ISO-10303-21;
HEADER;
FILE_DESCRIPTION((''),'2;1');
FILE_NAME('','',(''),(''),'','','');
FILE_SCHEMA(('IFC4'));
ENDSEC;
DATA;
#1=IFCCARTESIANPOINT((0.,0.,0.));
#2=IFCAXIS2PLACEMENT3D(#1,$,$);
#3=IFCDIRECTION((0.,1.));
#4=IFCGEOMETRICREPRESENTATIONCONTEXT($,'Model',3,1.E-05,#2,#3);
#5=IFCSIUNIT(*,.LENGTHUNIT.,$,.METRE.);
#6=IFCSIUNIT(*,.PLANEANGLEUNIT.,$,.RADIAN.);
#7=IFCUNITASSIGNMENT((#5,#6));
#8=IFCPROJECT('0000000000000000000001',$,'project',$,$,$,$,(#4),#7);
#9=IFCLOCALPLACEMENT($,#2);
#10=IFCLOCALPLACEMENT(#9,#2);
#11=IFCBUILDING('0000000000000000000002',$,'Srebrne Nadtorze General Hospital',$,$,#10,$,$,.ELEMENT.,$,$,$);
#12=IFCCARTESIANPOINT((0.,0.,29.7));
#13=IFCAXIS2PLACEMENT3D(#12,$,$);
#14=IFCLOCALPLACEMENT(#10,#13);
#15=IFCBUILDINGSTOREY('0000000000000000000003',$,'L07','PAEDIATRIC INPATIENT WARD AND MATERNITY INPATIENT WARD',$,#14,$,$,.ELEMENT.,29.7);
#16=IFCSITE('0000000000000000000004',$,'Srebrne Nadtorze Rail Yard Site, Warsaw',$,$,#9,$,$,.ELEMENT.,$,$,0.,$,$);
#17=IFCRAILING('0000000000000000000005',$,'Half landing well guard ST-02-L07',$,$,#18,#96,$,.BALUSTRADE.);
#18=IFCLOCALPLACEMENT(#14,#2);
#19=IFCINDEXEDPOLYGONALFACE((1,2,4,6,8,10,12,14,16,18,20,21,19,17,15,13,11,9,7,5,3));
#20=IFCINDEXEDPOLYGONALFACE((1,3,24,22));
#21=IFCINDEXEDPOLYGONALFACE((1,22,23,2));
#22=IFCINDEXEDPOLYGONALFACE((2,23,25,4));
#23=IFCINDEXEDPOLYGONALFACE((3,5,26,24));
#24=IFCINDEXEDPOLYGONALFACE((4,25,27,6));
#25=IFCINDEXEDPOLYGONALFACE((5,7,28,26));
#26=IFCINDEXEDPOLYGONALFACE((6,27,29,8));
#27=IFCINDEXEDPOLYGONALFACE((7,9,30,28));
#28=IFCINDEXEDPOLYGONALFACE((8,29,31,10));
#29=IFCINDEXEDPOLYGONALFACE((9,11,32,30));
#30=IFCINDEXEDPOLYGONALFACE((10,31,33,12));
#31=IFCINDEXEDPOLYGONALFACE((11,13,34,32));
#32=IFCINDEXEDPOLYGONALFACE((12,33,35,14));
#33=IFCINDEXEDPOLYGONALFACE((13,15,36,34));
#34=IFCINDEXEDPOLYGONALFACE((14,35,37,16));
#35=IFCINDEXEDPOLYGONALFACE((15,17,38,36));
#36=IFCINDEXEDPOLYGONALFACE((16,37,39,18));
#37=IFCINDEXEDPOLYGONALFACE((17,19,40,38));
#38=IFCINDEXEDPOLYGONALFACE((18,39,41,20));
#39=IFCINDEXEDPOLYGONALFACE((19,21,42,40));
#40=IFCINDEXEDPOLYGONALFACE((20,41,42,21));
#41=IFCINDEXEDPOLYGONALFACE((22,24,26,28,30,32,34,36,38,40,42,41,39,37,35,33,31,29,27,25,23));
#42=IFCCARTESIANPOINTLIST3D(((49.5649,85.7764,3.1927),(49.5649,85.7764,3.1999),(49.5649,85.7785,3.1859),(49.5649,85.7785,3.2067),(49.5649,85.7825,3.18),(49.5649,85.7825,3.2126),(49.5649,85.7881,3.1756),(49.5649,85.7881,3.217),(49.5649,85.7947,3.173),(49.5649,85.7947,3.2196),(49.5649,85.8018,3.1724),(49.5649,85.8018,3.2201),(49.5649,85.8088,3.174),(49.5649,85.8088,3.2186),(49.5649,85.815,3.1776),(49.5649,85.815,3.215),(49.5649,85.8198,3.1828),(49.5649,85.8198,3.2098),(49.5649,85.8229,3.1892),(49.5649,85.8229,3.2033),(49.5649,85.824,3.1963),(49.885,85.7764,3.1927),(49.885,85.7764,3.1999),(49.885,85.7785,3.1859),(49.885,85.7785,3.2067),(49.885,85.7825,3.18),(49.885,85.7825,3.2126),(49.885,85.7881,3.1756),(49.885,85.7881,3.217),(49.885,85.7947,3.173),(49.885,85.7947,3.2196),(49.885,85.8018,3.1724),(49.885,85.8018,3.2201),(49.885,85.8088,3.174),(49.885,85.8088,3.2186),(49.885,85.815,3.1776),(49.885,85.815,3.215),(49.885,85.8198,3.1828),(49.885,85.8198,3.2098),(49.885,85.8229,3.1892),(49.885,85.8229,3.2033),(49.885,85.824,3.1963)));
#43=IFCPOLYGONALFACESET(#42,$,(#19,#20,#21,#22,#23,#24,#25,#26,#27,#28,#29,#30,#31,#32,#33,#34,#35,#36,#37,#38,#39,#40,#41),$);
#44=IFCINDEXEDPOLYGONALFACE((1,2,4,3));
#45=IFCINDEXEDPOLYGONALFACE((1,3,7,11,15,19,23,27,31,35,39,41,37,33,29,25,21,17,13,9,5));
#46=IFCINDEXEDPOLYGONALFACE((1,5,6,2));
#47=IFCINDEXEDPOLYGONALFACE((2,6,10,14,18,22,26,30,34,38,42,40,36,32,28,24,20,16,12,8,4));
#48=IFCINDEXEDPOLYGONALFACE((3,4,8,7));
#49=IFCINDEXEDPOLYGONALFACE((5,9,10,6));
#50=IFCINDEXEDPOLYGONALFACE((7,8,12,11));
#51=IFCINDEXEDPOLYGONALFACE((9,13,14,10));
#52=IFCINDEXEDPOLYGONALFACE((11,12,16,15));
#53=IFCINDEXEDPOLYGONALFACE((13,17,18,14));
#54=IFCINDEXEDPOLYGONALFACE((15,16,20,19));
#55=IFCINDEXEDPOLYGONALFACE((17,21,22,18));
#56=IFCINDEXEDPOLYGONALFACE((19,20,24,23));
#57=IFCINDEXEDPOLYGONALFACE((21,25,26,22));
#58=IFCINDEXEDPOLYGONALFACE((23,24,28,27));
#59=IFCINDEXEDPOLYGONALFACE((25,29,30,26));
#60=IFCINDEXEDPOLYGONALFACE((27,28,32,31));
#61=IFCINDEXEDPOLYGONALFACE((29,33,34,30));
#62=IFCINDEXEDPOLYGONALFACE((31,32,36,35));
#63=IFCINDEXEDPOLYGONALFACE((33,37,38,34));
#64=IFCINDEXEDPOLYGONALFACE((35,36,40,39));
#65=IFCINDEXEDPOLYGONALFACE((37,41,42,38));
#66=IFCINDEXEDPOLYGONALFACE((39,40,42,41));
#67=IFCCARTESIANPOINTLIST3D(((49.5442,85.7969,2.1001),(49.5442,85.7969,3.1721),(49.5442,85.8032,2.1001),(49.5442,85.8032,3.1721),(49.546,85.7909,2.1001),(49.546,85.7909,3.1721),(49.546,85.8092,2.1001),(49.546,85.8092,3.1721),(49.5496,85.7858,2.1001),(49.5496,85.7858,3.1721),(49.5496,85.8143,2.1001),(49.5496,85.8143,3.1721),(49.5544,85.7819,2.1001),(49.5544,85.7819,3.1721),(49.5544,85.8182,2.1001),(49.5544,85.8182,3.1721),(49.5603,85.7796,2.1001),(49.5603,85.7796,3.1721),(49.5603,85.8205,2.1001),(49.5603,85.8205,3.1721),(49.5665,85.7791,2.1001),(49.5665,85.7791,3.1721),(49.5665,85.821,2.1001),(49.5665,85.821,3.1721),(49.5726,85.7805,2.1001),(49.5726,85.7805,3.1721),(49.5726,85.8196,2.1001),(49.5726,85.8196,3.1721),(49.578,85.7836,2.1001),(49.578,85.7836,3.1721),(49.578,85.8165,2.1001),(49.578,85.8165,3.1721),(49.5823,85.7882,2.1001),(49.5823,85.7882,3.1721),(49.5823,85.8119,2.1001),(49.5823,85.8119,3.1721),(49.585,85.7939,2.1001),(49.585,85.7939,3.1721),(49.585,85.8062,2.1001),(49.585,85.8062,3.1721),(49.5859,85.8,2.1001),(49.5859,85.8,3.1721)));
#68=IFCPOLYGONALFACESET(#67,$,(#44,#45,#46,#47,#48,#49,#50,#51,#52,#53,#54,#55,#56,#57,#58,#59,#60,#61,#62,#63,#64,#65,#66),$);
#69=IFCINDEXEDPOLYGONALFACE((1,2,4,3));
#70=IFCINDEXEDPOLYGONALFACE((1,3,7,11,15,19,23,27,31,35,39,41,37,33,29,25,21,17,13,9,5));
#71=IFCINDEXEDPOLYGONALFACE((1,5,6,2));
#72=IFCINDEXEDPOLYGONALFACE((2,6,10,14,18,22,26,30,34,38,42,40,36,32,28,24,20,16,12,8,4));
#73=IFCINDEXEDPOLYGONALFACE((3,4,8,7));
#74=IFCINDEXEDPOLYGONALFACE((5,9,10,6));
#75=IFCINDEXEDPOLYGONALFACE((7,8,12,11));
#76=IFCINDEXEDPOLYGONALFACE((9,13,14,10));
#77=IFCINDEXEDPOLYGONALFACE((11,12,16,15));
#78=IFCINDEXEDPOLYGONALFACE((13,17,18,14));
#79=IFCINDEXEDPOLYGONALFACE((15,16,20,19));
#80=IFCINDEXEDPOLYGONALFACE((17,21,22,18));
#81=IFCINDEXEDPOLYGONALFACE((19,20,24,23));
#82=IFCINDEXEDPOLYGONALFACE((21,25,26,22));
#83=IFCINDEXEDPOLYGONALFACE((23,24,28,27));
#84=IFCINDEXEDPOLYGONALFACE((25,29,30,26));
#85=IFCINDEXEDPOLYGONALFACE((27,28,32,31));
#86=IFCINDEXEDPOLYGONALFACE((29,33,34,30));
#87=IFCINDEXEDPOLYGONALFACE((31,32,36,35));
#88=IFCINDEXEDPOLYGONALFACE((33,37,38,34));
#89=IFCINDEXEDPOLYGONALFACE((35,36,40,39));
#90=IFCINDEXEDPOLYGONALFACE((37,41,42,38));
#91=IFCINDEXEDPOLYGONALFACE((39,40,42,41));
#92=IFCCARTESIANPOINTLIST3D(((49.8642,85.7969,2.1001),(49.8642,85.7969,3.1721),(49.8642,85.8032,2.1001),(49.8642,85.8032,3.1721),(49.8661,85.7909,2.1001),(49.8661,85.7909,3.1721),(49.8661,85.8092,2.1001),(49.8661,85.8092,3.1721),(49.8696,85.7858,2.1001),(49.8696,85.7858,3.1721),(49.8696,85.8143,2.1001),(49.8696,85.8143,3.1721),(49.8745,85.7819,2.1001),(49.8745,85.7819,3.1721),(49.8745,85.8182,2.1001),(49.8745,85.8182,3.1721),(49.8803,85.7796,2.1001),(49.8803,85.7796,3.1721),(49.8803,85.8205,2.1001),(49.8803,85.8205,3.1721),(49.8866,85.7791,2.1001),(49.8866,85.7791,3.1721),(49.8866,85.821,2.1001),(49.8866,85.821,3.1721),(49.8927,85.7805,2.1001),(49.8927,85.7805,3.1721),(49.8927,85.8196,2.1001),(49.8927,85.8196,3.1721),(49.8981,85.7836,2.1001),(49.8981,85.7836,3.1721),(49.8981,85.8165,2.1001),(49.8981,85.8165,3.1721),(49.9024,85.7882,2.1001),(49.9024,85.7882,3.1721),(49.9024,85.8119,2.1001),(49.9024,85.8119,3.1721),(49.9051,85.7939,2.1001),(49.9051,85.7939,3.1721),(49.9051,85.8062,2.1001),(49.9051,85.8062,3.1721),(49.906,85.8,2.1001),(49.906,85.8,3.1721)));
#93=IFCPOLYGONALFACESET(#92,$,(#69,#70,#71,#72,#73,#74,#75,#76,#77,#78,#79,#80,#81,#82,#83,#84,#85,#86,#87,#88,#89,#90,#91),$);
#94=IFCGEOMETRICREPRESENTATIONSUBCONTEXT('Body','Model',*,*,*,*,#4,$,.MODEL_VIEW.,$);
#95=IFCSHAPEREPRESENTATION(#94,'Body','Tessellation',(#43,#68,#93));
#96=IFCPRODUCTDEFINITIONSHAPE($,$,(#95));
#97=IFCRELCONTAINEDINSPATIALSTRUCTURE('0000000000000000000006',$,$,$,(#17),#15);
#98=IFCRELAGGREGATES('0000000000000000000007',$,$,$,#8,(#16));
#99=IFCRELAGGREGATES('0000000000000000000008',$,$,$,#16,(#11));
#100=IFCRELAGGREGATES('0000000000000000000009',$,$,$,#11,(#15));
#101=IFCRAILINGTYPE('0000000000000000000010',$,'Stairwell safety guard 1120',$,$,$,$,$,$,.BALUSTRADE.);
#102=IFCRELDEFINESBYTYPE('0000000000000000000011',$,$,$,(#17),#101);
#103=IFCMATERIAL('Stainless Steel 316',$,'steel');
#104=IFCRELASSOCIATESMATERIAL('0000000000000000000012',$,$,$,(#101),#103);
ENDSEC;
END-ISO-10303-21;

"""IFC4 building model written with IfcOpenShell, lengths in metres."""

from ifc_helpers import new_model, si_unit, direction, frame, origin, origin_2d, place, context, subcontext, project, spatial, circle, extrude, material, type_object, element, save


model = new_model("IFC4")

# Units and contexts
model_context = context("Model", 3, precision=1e-05, world=origin(), true_north=direction((0.0, 1.0)))
body_context = subcontext(model_context, "Body", "Model", "MODEL_VIEW")
ifc_project = project(units=[si_unit("LENGTHUNIT", "METRE"), si_unit("PLANEANGLEUNIT", "RADIAN")], contexts=[model_context])

# Site, building, storey
site_placement = place(None, origin())
site = spatial("IfcSite", under=ifc_project, at=site_placement, Name="Srebrne Nadtorze Rail Yard Site, Warsaw", CompositionType="ELEMENT", RefElevation=0.0)
building_placement = place(site_placement, origin())
building = spatial("IfcBuilding", under=site, at=building_placement, Name="Srebrne Nadtorze General Hospital", CompositionType="ELEMENT")
storey_placement = place(building_placement, frame((0.0, 0.0, 29.7)))
storey = spatial("IfcBuildingStorey", under=building, at=storey_placement, Name="L07", Description="PAEDIATRIC INPATIENT WARD AND MATERNITY INPATIENT WARD", CompositionType="ELEMENT", Elevation=29.7)

# Railing
ifc_material_1 = material(Name="Stainless Steel 316", Category="steel")
railing_type_1 = type_object("IfcRailingType", Name="Stairwell safety guard 1120", PredefinedType="BALUSTRADE", material=ifc_material_1)
railing_1_placement = place(storey_placement, frame((49.5649, 85.8, 2.1001)))
element("IfcRailing", 1, at=railing_1_placement, inside=storey, type_object=railing_type_1, Name="Half landing well guard ST-02-L07", PredefinedType="BALUSTRADE", context=body_context, shape_type="SweptSolid", body=[
    extrude(circle(Radius=0.0239, at=origin_2d()), frame((0.0, 0.0, 1.0962), z_axis=(1.0, 0.0, 0.0), x_axis=(0.0, 1.0, 0.0)), (0.0, 0.0, 1.0), 0.3201),
    extrude(circle(Radius=0.021, at=origin_2d()), origin(), (0.0, 0.0, 1.0), 1.072),
    extrude(circle(Radius=0.021, at=origin_2d()), frame((0.3201, 0.0, 0.0)), (0.0, 0.0, 1.0), 1.072),
])

save(model, "model.ifc")
